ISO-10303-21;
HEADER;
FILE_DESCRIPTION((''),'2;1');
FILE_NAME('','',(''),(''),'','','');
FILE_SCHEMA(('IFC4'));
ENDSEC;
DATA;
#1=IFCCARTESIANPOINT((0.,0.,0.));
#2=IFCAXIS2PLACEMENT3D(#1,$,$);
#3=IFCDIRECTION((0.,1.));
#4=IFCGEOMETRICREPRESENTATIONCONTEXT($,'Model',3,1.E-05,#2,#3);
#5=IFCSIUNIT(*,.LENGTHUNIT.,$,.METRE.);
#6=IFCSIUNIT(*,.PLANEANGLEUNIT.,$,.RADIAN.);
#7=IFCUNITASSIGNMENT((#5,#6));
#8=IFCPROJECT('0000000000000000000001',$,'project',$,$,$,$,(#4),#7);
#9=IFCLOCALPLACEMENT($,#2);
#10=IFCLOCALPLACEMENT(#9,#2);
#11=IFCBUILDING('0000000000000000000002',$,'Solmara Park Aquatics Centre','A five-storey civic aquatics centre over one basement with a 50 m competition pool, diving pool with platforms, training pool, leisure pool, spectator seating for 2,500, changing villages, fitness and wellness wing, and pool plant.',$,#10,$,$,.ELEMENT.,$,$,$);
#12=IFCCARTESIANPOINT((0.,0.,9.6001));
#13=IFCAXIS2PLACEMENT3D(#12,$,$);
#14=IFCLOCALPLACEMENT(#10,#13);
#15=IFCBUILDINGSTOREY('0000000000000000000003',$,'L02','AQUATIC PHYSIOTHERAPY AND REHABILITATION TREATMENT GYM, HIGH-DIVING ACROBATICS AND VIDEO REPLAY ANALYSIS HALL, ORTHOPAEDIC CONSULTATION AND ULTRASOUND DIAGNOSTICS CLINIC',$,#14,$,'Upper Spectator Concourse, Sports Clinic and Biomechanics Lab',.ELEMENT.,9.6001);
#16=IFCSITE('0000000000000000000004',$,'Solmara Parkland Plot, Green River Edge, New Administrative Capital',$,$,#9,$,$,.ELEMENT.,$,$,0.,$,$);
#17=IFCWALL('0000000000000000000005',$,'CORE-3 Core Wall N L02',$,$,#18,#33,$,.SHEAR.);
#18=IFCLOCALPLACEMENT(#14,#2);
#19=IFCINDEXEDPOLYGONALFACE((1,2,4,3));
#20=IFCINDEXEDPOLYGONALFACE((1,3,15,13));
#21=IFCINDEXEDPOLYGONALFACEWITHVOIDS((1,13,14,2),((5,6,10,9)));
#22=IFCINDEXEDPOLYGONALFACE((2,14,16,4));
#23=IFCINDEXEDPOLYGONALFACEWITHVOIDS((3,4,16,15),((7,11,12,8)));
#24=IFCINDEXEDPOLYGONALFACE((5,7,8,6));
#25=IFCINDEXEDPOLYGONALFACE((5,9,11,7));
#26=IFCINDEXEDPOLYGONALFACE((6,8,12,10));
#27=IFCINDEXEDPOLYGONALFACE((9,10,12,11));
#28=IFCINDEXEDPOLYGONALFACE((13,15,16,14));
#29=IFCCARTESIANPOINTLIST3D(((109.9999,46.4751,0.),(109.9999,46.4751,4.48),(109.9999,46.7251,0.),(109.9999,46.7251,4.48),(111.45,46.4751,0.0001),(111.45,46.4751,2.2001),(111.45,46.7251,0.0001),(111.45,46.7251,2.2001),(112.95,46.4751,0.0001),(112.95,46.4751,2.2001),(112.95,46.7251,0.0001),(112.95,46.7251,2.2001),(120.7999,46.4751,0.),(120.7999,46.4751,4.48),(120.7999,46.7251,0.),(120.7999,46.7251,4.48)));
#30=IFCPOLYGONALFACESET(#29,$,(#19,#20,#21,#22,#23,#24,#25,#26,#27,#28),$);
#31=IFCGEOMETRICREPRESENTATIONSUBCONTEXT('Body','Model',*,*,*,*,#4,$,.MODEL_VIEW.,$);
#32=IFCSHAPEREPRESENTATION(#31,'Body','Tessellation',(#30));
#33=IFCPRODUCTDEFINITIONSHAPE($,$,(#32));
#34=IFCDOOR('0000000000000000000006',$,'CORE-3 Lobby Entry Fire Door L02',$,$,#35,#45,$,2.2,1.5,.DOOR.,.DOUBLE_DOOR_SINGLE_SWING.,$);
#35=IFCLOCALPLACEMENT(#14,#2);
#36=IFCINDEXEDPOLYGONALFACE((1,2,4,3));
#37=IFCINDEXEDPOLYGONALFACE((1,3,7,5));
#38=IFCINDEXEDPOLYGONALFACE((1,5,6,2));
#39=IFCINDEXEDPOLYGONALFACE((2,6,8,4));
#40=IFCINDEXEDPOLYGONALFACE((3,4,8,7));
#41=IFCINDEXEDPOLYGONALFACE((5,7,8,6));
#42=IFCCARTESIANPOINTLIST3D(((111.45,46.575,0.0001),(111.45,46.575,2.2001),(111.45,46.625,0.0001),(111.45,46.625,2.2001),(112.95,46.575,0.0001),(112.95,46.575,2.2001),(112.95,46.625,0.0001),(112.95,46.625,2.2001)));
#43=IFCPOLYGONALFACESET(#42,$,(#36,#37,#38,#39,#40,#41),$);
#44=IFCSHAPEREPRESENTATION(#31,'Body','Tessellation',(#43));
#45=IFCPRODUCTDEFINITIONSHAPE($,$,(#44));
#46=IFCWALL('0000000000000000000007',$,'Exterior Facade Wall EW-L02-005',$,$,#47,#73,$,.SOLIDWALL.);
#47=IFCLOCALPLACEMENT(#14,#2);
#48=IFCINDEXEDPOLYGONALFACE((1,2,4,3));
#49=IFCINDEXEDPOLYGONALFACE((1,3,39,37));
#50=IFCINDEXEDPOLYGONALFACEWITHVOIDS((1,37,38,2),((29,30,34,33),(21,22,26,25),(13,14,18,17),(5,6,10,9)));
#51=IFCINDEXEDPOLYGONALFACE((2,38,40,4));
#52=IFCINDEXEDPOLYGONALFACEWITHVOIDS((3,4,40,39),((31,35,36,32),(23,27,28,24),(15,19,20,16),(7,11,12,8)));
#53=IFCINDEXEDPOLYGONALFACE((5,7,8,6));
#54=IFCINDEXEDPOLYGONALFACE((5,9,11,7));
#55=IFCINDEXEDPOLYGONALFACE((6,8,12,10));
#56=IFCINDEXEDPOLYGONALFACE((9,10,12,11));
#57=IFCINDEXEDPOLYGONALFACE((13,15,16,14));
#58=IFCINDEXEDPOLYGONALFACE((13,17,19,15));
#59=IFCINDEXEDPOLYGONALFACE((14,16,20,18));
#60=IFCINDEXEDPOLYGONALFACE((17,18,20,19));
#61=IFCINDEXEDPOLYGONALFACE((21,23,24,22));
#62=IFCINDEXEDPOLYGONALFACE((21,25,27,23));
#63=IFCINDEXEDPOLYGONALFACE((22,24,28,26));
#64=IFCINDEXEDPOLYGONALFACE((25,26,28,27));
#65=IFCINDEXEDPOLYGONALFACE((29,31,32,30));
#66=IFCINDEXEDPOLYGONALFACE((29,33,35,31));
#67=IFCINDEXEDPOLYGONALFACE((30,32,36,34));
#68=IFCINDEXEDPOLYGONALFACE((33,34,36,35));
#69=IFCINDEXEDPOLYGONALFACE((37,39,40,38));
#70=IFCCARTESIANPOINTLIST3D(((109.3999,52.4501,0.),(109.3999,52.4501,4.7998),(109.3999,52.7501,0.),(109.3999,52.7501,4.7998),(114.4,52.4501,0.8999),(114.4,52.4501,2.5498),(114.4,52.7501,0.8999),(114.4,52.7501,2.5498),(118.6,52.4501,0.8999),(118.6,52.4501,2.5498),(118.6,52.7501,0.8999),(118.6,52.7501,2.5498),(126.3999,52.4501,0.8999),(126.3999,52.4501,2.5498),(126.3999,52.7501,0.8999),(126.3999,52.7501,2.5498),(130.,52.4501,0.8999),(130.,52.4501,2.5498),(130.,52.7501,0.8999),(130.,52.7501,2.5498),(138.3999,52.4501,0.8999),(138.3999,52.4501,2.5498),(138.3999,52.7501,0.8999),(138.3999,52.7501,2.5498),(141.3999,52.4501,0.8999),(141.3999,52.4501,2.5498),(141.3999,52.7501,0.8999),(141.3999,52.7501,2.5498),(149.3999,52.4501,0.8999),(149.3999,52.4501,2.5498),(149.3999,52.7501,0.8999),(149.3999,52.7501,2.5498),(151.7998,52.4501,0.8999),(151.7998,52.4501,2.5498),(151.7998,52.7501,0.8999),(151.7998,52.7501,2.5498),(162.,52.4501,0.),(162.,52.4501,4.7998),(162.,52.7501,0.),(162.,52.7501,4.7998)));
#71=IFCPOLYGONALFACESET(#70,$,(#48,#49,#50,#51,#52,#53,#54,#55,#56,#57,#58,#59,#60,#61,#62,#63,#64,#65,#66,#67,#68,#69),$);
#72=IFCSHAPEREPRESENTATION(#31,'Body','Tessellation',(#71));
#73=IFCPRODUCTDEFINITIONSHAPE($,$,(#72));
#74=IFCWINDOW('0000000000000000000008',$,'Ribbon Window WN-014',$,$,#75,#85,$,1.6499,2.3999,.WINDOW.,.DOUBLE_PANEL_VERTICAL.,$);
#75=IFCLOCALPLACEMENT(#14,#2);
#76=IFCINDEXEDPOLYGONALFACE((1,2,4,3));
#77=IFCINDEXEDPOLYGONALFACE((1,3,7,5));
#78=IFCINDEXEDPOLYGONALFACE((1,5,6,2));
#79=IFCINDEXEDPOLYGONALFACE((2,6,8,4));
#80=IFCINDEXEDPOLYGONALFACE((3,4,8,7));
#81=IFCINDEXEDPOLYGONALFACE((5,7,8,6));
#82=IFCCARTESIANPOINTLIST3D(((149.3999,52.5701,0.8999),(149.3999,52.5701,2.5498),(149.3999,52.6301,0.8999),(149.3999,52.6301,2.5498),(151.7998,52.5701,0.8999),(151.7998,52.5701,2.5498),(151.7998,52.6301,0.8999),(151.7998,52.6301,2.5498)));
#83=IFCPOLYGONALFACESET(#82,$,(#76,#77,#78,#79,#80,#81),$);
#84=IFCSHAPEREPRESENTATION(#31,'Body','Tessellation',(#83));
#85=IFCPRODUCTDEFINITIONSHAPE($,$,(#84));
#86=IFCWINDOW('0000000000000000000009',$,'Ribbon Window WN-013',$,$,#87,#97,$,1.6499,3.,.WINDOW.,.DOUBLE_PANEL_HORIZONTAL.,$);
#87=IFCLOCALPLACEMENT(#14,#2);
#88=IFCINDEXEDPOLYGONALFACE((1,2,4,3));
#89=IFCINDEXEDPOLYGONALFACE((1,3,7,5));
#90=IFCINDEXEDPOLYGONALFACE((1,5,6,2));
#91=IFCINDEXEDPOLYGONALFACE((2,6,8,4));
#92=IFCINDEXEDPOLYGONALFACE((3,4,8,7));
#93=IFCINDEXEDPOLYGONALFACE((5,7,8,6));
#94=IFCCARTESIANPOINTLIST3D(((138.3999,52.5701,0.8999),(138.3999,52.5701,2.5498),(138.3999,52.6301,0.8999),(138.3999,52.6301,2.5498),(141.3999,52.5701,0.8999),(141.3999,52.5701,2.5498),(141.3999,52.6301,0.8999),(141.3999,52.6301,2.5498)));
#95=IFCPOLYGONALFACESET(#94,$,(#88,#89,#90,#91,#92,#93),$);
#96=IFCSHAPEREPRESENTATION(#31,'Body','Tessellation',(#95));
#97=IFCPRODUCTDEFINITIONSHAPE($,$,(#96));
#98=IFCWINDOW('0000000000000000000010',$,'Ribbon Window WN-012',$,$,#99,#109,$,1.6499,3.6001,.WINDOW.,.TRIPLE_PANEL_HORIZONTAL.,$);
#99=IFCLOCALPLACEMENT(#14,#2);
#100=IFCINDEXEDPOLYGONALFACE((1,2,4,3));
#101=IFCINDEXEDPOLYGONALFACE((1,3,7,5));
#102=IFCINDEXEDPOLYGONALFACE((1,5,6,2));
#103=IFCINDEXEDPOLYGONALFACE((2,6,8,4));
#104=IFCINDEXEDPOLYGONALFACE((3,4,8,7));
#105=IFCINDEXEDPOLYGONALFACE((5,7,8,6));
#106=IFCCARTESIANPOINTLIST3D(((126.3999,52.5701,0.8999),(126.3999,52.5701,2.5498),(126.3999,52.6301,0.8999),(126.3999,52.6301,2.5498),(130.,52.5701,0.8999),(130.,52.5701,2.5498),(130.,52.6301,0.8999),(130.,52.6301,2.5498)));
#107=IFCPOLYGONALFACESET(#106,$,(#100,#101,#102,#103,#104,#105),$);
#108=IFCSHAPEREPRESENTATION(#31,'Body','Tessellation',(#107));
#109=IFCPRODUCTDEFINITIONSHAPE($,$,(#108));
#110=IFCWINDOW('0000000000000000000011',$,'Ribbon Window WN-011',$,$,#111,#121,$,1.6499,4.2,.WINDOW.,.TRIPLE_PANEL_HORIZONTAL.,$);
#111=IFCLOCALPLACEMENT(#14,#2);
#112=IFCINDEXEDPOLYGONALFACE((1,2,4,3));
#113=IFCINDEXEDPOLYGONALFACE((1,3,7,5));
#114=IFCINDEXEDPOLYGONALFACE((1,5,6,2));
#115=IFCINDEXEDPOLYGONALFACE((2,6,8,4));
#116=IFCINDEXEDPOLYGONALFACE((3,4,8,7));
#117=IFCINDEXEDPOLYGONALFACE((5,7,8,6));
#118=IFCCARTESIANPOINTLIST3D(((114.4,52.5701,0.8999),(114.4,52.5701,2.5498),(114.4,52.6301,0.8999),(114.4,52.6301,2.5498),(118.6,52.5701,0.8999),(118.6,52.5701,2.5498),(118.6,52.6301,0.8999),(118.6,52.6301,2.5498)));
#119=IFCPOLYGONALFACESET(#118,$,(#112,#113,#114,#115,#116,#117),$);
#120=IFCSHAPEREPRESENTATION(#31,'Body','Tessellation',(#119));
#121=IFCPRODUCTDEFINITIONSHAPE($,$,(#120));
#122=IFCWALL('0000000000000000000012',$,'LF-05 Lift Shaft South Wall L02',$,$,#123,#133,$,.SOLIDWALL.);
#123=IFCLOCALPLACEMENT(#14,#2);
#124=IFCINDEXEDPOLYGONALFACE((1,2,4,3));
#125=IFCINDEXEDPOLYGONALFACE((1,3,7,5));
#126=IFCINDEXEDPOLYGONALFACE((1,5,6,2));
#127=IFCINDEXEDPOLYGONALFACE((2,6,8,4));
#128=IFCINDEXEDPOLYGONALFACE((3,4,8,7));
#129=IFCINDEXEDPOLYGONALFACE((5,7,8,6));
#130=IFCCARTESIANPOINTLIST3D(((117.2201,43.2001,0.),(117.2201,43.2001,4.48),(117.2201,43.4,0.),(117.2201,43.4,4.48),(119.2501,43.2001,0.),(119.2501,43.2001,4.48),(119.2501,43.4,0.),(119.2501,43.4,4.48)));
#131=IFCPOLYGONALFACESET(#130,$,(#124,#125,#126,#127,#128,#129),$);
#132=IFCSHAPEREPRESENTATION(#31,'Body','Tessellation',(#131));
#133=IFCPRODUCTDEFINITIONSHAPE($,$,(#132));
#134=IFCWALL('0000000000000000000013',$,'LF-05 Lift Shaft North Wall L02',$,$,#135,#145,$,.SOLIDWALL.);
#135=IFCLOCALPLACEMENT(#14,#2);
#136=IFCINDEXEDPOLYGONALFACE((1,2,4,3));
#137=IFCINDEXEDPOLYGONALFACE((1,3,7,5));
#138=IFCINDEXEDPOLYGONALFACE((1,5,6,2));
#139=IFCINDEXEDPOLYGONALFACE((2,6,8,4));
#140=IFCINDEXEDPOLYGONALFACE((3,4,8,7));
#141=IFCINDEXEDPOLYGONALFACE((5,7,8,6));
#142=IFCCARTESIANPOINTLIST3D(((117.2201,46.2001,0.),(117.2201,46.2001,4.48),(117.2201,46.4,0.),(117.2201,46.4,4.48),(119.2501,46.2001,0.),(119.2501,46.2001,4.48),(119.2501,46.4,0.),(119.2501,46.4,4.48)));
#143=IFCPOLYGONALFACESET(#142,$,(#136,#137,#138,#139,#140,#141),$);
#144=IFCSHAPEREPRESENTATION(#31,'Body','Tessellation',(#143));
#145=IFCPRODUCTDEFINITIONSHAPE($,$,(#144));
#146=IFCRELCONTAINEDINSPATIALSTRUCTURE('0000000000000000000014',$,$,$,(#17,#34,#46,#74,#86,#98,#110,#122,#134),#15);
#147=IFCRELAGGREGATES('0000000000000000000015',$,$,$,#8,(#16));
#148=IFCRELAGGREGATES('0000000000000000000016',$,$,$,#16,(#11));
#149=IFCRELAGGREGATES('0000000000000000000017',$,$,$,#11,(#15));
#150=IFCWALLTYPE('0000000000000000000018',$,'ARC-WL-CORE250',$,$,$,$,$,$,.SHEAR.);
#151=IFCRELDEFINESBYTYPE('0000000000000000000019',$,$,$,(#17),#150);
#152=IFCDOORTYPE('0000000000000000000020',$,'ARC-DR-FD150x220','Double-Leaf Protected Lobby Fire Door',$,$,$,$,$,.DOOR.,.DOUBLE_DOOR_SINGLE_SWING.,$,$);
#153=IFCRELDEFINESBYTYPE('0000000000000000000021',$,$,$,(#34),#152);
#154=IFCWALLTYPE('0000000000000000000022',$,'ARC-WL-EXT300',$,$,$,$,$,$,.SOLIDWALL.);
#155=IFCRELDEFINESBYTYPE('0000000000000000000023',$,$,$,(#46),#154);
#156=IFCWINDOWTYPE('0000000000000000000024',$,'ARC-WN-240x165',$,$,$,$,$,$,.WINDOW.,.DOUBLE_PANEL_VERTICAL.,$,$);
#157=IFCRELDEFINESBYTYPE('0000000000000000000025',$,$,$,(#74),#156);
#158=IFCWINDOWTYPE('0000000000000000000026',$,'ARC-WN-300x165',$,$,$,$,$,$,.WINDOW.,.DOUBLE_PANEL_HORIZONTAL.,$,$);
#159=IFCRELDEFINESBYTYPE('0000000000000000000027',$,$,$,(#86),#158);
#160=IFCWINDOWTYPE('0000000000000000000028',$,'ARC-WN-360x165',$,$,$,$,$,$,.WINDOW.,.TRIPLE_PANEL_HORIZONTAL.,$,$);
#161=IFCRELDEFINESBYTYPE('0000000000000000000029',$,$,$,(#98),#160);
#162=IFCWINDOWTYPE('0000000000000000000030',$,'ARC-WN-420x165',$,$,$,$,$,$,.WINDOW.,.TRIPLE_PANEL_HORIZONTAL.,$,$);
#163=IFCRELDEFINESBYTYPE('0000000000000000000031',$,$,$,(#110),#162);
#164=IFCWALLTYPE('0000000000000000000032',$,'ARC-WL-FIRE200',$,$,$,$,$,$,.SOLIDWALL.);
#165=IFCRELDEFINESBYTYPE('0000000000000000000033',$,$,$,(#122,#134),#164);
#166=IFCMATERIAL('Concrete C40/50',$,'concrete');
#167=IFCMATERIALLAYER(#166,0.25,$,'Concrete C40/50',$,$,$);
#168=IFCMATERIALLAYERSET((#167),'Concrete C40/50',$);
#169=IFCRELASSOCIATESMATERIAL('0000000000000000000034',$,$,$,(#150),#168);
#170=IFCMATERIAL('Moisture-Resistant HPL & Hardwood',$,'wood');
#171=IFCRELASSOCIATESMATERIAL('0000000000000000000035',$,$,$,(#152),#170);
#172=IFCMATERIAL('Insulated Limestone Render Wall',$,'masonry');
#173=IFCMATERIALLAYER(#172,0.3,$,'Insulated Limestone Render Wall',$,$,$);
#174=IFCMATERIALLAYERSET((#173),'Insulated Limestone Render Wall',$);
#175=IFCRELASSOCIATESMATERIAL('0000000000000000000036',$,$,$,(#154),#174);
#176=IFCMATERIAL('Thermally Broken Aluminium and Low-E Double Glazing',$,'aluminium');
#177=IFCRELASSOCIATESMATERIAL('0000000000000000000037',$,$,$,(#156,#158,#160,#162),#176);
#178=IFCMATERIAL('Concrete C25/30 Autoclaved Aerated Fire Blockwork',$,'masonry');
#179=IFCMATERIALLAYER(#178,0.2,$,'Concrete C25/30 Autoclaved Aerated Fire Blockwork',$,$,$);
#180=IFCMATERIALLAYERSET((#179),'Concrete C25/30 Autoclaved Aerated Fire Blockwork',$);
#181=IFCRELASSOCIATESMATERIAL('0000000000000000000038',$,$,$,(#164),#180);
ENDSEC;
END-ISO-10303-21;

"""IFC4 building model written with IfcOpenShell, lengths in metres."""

from ifc_helpers import new_model, si_unit, direction, frame, frame_2d, origin, place, context, subcontext, project, spatial, rectangle, extrude, material, layer, layer_set, type_object, element, fill, save


model = new_model("IFC4")

# Units and contexts
model_context = context("Model", 3, precision=1e-05, world=origin(), true_north=direction((0.0, 1.0)))
body_context = subcontext(model_context, "Body", "Model", "MODEL_VIEW")
ifc_project = project(units=[si_unit("LENGTHUNIT", "METRE"), si_unit("PLANEANGLEUNIT", "RADIAN")], contexts=[model_context])

# Site, building, storey
site_placement = place(None, origin())
site = spatial("IfcSite", under=ifc_project, at=site_placement, Name="Solmara Parkland Plot, Green River Edge, New Administrative Capital", CompositionType="ELEMENT", RefElevation=0.0)
building_placement = place(site_placement, origin())
building = spatial("IfcBuilding", under=site, at=building_placement, Name="Solmara Park Aquatics Centre", Description="A five-storey civic aquatics centre over one basement with a 50 m competition pool, diving pool with platforms, training pool, leisure pool, spectator seating for 2,500, changing villages, fitness and wellness wing, and pool plant.", CompositionType="ELEMENT")
storey_placement = place(building_placement, frame((0.0, 0.0, 9.6001)))
storey = spatial("IfcBuildingStorey", under=building, at=storey_placement, Name="L02", Description="AQUATIC PHYSIOTHERAPY AND REHABILITATION TREATMENT GYM, HIGH-DIVING ACROBATICS AND VIDEO REPLAY ANALYSIS HALL, ORTHOPAEDIC CONSULTATION AND ULTRASOUND DIAGNOSTICS CLINIC", LongName="Upper Spectator Concourse, Sports Clinic and Biomechanics Lab", CompositionType="ELEMENT", Elevation=9.6001)

# Shared definitions
ifc_material_1 = material(Name="Concrete C40/50", Category="concrete")

# Wall, opening, door
ifc_layer_1 = layer(ifc_material_1, 0.25, Name="Concrete C40/50")
ifc_layer_set_1 = layer_set([ifc_layer_1], Name="Concrete C40/50")
wall_type_1 = type_object("IfcWallType", Name="ARC-WL-CORE250", PredefinedType="SHEAR", material=ifc_layer_set_1)
wall_1_placement = place(storey_placement, frame((110.0, 46.6001, 0.0), z_axis=(0.0, 0.0, 1.0), x_axis=(1.0, 0.0, 0.0)))
wall_1 = element("IfcWall", 1, at=wall_1_placement, inside=storey, type_object=wall_type_1, Name="CORE-3 Core Wall N L02", PredefinedType="SHEAR", context=body_context, shape_type="SweptSolid", body=[
    extrude(rectangle(XDim=10.8, YDim=0.25, at=frame_2d((5.3999, 0.0))), origin(), (0.0, 0.0, 1.0), 4.48),
])
opening_1_placement = place(wall_1_placement, frame((1.45, 0.0, 0.0)))
opening_1 = element("IfcOpeningElement", 2, at=opening_1_placement, cuts=wall_1, PredefinedType="OPENING", context=body_context, shape_type="SweptSolid", body=[
    extrude(rectangle(XDim=1.5, YDim=2.2, at=frame_2d((0.75, 1.1001))), frame((0.0, 0.135, 0.0), z_axis=(0.0, -1.0, 0.0), x_axis=(1.0, 0.0, 0.0)), (0.0, 0.0, 1.0), 0.27),
])
ifc_material_2 = material(Name="Moisture-Resistant HPL & Hardwood", Category="wood")
door_type = type_object("IfcDoorType", Name="ARC-DR-FD150x220", Description="Double-Leaf Protected Lobby Fire Door", OperationType="DOUBLE_DOOR_SINGLE_SWING", PredefinedType="DOOR", material=ifc_material_2)
door_placement = place(opening_1_placement, origin())
door = element("IfcDoor", 3, at=door_placement, inside=storey, type_object=door_type, Name="CORE-3 Lobby Entry Fire Door L02", OperationType="DOUBLE_DOOR_SINGLE_SWING", OverallHeight=2.2, OverallWidth=1.5, PredefinedType="DOOR", context=body_context, shape_type="SweptSolid", body=[
    extrude(rectangle(XDim=1.5, YDim=2.2, at=frame_2d((0.75, 1.1001))), frame((0.0, 0.0249, 0.0), z_axis=(0.0, -1.0, 0.0), x_axis=(1.0, 0.0, 0.0)), (0.0, 0.0, 1.0), 0.05),
])
fill(opening_1, door)

# Wall, openings, windows
ifc_material_3 = material(Name="Insulated Limestone Render Wall", Category="masonry")
ifc_layer_2 = layer(ifc_material_3, 0.3, Name="Insulated Limestone Render Wall")
ifc_layer_set_2 = layer_set([ifc_layer_2], Name="Insulated Limestone Render Wall")
wall_type_2 = type_object("IfcWallType", Name="ARC-WL-EXT300", PredefinedType="SOLIDWALL", material=ifc_layer_set_2)
wall_2_placement = place(storey_placement, frame((109.3999, 52.6001, 0.0), z_axis=(0.0, 0.0, 1.0), x_axis=(1.0, 0.0, 0.0)))
wall_2 = element("IfcWall", 4, at=wall_2_placement, inside=storey, type_object=wall_type_2, Name="Exterior Facade Wall EW-L02-005", PredefinedType="SOLIDWALL", context=body_context, shape_type="SweptSolid", body=[
    extrude(rectangle(XDim=52.6001, YDim=0.3, at=frame_2d((26.3, 0.0))), origin(), (0.0, 0.0, 1.0), 4.7998),
])
opening_2_placement = place(wall_2_placement, frame((5.0, 0.0, 0.8999)))
opening_2 = element("IfcOpeningElement", 5, at=opening_2_placement, cuts=wall_2, PredefinedType="OPENING", context=body_context, shape_type="SweptSolid", body=[
    extrude(rectangle(XDim=4.2, YDim=1.6499, at=frame_2d((2.1001, 0.825))), frame((0.0, 0.1599, 0.0), z_axis=(0.0, -1.0, 0.0), x_axis=(1.0, 0.0, 0.0)), (0.0, 0.0, 1.0), 0.3201),
])
opening_3_placement = place(wall_2_placement, frame((17.0, 0.0, 0.8999)))
opening_3 = element("IfcOpeningElement", 6, at=opening_3_placement, cuts=wall_2, PredefinedType="OPENING", context=body_context, shape_type="SweptSolid", body=[
    extrude(rectangle(XDim=3.6001, YDim=1.6499, at=frame_2d((1.8, 0.825))), frame((0.0, 0.1599, 0.0), z_axis=(0.0, -1.0, 0.0), x_axis=(1.0, 0.0, 0.0)), (0.0, 0.0, 1.0), 0.3201),
])
opening_4_placement = place(wall_2_placement, frame((29.0, 0.0, 0.8999)))
opening_4 = element("IfcOpeningElement", 7, at=opening_4_placement, cuts=wall_2, PredefinedType="OPENING", context=body_context, shape_type="SweptSolid", body=[
    extrude(rectangle(XDim=3.0, YDim=1.6499, at=frame_2d((1.5, 0.825))), frame((0.0, 0.1599, 0.0), z_axis=(0.0, -1.0, 0.0), x_axis=(1.0, 0.0, 0.0)), (0.0, 0.0, 1.0), 0.3201),
])
opening_5_placement = place(wall_2_placement, frame((40.0, 0.0, 0.8999)))
opening_5 = element("IfcOpeningElement", 8, at=opening_5_placement, cuts=wall_2, PredefinedType="OPENING", context=body_context, shape_type="SweptSolid", body=[
    extrude(rectangle(XDim=2.3999, YDim=1.6499, at=frame_2d((1.2, 0.825))), frame((0.0, 0.1599, 0.0), z_axis=(0.0, -1.0, 0.0), x_axis=(1.0, 0.0, 0.0)), (0.0, 0.0, 1.0), 0.3201),
])
ifc_material_4 = material(Name="Thermally Broken Aluminium and Low-E Double Glazing", Category="aluminium")
window_type_1 = type_object("IfcWindowType", Name="ARC-WN-240x165", PartitioningType="DOUBLE_PANEL_VERTICAL", PredefinedType="WINDOW", material=ifc_material_4)
window_1_placement = place(opening_5_placement, origin())
window_1 = element("IfcWindow", 9, at=window_1_placement, inside=storey, type_object=window_type_1, Name="Ribbon Window WN-014", OverallHeight=1.6499, OverallWidth=2.3999, PartitioningType="DOUBLE_PANEL_VERTICAL", PredefinedType="WINDOW", context=body_context, shape_type="SweptSolid", body=[
    extrude(rectangle(XDim=2.3999, YDim=1.6499, at=frame_2d((1.2, 0.825))), frame((0.0, 0.03, 0.0), z_axis=(0.0, -1.0, 0.0), x_axis=(1.0, 0.0, 0.0)), (0.0, 0.0, 1.0), 0.0601),
])
fill(opening_5, window_1)
window_type_2 = type_object("IfcWindowType", Name="ARC-WN-300x165", PartitioningType="DOUBLE_PANEL_HORIZONTAL", PredefinedType="WINDOW", material=ifc_material_4)
window_2_placement = place(opening_4_placement, origin())
window_2 = element("IfcWindow", 10, at=window_2_placement, inside=storey, type_object=window_type_2, Name="Ribbon Window WN-013", OverallHeight=1.6499, OverallWidth=3.0, PartitioningType="DOUBLE_PANEL_HORIZONTAL", PredefinedType="WINDOW", context=body_context, shape_type="SweptSolid", body=[
    extrude(rectangle(XDim=3.0, YDim=1.6499, at=frame_2d((1.5, 0.825))), frame((0.0, 0.03, 0.0), z_axis=(0.0, -1.0, 0.0), x_axis=(1.0, 0.0, 0.0)), (0.0, 0.0, 1.0), 0.0601),
])
fill(opening_4, window_2)
window_type_3 = type_object("IfcWindowType", Name="ARC-WN-360x165", PartitioningType="TRIPLE_PANEL_HORIZONTAL", PredefinedType="WINDOW", material=ifc_material_4)
window_3_placement = place(opening_3_placement, origin())
window_3 = element("IfcWindow", 11, at=window_3_placement, inside=storey, type_object=window_type_3, Name="Ribbon Window WN-012", OverallHeight=1.6499, OverallWidth=3.6001, PartitioningType="TRIPLE_PANEL_HORIZONTAL", PredefinedType="WINDOW", context=body_context, shape_type="SweptSolid", body=[
    extrude(rectangle(XDim=3.6001, YDim=1.6499, at=frame_2d((1.8, 0.825))), frame((0.0, 0.03, 0.0), z_axis=(0.0, -1.0, 0.0), x_axis=(1.0, 0.0, 0.0)), (0.0, 0.0, 1.0), 0.0601),
])
fill(opening_3, window_3)
window_type_4 = type_object("IfcWindowType", Name="ARC-WN-420x165", PartitioningType="TRIPLE_PANEL_HORIZONTAL", PredefinedType="WINDOW", material=ifc_material_4)
window_4_placement = place(opening_2_placement, origin())
window_4 = element("IfcWindow", 12, at=window_4_placement, inside=storey, type_object=window_type_4, Name="Ribbon Window WN-011", OverallHeight=1.6499, OverallWidth=4.2, PartitioningType="TRIPLE_PANEL_HORIZONTAL", PredefinedType="WINDOW", context=body_context, shape_type="SweptSolid", body=[
    extrude(rectangle(XDim=4.2, YDim=1.6499, at=frame_2d((2.1001, 0.825))), frame((0.0, 0.03, 0.0), z_axis=(0.0, -1.0, 0.0), x_axis=(1.0, 0.0, 0.0)), (0.0, 0.0, 1.0), 0.0601),
])
fill(opening_2, window_4)

# Walls
ifc_material_5 = material(Name="Concrete C25/30 Autoclaved Aerated Fire Blockwork", Category="masonry")
ifc_layer_3 = layer(ifc_material_5, 0.2, Name="Concrete C25/30 Autoclaved Aerated Fire Blockwork")
ifc_layer_set_3 = layer_set([ifc_layer_3], Name="Concrete C25/30 Autoclaved Aerated Fire Blockwork")
wall_type_3 = type_object("IfcWallType", Name="ARC-WL-FIRE200", PredefinedType="SOLIDWALL", material=ifc_layer_set_3)
for number, where, z_axis, x_axis, name in (
    (13, (117.22, 43.3, 0.0), (0.0, 0.0, 1.0), (1.0, 0.0, 0.0), "LF-05 Lift Shaft South Wall L02"),
    (14, (117.22, 46.3, 0.0), (0.0, 0.0, 1.0), (1.0, 0.0, 0.0), "LF-05 Lift Shaft North Wall L02"),
):
    element("IfcWall", number, at=place(storey_placement, frame(where, z_axis=z_axis, x_axis=x_axis)), inside=storey, type_object=wall_type_3, Name=name, PredefinedType="SOLIDWALL", context=body_context, shape_type="SweptSolid", body=[
        extrude(rectangle(XDim=2.03, YDim=0.2, at=frame_2d((1.0151, 0.0))), origin(), (0.0, 0.0, 1.0), 4.48),
    ])

save(model, "model.ifc")
